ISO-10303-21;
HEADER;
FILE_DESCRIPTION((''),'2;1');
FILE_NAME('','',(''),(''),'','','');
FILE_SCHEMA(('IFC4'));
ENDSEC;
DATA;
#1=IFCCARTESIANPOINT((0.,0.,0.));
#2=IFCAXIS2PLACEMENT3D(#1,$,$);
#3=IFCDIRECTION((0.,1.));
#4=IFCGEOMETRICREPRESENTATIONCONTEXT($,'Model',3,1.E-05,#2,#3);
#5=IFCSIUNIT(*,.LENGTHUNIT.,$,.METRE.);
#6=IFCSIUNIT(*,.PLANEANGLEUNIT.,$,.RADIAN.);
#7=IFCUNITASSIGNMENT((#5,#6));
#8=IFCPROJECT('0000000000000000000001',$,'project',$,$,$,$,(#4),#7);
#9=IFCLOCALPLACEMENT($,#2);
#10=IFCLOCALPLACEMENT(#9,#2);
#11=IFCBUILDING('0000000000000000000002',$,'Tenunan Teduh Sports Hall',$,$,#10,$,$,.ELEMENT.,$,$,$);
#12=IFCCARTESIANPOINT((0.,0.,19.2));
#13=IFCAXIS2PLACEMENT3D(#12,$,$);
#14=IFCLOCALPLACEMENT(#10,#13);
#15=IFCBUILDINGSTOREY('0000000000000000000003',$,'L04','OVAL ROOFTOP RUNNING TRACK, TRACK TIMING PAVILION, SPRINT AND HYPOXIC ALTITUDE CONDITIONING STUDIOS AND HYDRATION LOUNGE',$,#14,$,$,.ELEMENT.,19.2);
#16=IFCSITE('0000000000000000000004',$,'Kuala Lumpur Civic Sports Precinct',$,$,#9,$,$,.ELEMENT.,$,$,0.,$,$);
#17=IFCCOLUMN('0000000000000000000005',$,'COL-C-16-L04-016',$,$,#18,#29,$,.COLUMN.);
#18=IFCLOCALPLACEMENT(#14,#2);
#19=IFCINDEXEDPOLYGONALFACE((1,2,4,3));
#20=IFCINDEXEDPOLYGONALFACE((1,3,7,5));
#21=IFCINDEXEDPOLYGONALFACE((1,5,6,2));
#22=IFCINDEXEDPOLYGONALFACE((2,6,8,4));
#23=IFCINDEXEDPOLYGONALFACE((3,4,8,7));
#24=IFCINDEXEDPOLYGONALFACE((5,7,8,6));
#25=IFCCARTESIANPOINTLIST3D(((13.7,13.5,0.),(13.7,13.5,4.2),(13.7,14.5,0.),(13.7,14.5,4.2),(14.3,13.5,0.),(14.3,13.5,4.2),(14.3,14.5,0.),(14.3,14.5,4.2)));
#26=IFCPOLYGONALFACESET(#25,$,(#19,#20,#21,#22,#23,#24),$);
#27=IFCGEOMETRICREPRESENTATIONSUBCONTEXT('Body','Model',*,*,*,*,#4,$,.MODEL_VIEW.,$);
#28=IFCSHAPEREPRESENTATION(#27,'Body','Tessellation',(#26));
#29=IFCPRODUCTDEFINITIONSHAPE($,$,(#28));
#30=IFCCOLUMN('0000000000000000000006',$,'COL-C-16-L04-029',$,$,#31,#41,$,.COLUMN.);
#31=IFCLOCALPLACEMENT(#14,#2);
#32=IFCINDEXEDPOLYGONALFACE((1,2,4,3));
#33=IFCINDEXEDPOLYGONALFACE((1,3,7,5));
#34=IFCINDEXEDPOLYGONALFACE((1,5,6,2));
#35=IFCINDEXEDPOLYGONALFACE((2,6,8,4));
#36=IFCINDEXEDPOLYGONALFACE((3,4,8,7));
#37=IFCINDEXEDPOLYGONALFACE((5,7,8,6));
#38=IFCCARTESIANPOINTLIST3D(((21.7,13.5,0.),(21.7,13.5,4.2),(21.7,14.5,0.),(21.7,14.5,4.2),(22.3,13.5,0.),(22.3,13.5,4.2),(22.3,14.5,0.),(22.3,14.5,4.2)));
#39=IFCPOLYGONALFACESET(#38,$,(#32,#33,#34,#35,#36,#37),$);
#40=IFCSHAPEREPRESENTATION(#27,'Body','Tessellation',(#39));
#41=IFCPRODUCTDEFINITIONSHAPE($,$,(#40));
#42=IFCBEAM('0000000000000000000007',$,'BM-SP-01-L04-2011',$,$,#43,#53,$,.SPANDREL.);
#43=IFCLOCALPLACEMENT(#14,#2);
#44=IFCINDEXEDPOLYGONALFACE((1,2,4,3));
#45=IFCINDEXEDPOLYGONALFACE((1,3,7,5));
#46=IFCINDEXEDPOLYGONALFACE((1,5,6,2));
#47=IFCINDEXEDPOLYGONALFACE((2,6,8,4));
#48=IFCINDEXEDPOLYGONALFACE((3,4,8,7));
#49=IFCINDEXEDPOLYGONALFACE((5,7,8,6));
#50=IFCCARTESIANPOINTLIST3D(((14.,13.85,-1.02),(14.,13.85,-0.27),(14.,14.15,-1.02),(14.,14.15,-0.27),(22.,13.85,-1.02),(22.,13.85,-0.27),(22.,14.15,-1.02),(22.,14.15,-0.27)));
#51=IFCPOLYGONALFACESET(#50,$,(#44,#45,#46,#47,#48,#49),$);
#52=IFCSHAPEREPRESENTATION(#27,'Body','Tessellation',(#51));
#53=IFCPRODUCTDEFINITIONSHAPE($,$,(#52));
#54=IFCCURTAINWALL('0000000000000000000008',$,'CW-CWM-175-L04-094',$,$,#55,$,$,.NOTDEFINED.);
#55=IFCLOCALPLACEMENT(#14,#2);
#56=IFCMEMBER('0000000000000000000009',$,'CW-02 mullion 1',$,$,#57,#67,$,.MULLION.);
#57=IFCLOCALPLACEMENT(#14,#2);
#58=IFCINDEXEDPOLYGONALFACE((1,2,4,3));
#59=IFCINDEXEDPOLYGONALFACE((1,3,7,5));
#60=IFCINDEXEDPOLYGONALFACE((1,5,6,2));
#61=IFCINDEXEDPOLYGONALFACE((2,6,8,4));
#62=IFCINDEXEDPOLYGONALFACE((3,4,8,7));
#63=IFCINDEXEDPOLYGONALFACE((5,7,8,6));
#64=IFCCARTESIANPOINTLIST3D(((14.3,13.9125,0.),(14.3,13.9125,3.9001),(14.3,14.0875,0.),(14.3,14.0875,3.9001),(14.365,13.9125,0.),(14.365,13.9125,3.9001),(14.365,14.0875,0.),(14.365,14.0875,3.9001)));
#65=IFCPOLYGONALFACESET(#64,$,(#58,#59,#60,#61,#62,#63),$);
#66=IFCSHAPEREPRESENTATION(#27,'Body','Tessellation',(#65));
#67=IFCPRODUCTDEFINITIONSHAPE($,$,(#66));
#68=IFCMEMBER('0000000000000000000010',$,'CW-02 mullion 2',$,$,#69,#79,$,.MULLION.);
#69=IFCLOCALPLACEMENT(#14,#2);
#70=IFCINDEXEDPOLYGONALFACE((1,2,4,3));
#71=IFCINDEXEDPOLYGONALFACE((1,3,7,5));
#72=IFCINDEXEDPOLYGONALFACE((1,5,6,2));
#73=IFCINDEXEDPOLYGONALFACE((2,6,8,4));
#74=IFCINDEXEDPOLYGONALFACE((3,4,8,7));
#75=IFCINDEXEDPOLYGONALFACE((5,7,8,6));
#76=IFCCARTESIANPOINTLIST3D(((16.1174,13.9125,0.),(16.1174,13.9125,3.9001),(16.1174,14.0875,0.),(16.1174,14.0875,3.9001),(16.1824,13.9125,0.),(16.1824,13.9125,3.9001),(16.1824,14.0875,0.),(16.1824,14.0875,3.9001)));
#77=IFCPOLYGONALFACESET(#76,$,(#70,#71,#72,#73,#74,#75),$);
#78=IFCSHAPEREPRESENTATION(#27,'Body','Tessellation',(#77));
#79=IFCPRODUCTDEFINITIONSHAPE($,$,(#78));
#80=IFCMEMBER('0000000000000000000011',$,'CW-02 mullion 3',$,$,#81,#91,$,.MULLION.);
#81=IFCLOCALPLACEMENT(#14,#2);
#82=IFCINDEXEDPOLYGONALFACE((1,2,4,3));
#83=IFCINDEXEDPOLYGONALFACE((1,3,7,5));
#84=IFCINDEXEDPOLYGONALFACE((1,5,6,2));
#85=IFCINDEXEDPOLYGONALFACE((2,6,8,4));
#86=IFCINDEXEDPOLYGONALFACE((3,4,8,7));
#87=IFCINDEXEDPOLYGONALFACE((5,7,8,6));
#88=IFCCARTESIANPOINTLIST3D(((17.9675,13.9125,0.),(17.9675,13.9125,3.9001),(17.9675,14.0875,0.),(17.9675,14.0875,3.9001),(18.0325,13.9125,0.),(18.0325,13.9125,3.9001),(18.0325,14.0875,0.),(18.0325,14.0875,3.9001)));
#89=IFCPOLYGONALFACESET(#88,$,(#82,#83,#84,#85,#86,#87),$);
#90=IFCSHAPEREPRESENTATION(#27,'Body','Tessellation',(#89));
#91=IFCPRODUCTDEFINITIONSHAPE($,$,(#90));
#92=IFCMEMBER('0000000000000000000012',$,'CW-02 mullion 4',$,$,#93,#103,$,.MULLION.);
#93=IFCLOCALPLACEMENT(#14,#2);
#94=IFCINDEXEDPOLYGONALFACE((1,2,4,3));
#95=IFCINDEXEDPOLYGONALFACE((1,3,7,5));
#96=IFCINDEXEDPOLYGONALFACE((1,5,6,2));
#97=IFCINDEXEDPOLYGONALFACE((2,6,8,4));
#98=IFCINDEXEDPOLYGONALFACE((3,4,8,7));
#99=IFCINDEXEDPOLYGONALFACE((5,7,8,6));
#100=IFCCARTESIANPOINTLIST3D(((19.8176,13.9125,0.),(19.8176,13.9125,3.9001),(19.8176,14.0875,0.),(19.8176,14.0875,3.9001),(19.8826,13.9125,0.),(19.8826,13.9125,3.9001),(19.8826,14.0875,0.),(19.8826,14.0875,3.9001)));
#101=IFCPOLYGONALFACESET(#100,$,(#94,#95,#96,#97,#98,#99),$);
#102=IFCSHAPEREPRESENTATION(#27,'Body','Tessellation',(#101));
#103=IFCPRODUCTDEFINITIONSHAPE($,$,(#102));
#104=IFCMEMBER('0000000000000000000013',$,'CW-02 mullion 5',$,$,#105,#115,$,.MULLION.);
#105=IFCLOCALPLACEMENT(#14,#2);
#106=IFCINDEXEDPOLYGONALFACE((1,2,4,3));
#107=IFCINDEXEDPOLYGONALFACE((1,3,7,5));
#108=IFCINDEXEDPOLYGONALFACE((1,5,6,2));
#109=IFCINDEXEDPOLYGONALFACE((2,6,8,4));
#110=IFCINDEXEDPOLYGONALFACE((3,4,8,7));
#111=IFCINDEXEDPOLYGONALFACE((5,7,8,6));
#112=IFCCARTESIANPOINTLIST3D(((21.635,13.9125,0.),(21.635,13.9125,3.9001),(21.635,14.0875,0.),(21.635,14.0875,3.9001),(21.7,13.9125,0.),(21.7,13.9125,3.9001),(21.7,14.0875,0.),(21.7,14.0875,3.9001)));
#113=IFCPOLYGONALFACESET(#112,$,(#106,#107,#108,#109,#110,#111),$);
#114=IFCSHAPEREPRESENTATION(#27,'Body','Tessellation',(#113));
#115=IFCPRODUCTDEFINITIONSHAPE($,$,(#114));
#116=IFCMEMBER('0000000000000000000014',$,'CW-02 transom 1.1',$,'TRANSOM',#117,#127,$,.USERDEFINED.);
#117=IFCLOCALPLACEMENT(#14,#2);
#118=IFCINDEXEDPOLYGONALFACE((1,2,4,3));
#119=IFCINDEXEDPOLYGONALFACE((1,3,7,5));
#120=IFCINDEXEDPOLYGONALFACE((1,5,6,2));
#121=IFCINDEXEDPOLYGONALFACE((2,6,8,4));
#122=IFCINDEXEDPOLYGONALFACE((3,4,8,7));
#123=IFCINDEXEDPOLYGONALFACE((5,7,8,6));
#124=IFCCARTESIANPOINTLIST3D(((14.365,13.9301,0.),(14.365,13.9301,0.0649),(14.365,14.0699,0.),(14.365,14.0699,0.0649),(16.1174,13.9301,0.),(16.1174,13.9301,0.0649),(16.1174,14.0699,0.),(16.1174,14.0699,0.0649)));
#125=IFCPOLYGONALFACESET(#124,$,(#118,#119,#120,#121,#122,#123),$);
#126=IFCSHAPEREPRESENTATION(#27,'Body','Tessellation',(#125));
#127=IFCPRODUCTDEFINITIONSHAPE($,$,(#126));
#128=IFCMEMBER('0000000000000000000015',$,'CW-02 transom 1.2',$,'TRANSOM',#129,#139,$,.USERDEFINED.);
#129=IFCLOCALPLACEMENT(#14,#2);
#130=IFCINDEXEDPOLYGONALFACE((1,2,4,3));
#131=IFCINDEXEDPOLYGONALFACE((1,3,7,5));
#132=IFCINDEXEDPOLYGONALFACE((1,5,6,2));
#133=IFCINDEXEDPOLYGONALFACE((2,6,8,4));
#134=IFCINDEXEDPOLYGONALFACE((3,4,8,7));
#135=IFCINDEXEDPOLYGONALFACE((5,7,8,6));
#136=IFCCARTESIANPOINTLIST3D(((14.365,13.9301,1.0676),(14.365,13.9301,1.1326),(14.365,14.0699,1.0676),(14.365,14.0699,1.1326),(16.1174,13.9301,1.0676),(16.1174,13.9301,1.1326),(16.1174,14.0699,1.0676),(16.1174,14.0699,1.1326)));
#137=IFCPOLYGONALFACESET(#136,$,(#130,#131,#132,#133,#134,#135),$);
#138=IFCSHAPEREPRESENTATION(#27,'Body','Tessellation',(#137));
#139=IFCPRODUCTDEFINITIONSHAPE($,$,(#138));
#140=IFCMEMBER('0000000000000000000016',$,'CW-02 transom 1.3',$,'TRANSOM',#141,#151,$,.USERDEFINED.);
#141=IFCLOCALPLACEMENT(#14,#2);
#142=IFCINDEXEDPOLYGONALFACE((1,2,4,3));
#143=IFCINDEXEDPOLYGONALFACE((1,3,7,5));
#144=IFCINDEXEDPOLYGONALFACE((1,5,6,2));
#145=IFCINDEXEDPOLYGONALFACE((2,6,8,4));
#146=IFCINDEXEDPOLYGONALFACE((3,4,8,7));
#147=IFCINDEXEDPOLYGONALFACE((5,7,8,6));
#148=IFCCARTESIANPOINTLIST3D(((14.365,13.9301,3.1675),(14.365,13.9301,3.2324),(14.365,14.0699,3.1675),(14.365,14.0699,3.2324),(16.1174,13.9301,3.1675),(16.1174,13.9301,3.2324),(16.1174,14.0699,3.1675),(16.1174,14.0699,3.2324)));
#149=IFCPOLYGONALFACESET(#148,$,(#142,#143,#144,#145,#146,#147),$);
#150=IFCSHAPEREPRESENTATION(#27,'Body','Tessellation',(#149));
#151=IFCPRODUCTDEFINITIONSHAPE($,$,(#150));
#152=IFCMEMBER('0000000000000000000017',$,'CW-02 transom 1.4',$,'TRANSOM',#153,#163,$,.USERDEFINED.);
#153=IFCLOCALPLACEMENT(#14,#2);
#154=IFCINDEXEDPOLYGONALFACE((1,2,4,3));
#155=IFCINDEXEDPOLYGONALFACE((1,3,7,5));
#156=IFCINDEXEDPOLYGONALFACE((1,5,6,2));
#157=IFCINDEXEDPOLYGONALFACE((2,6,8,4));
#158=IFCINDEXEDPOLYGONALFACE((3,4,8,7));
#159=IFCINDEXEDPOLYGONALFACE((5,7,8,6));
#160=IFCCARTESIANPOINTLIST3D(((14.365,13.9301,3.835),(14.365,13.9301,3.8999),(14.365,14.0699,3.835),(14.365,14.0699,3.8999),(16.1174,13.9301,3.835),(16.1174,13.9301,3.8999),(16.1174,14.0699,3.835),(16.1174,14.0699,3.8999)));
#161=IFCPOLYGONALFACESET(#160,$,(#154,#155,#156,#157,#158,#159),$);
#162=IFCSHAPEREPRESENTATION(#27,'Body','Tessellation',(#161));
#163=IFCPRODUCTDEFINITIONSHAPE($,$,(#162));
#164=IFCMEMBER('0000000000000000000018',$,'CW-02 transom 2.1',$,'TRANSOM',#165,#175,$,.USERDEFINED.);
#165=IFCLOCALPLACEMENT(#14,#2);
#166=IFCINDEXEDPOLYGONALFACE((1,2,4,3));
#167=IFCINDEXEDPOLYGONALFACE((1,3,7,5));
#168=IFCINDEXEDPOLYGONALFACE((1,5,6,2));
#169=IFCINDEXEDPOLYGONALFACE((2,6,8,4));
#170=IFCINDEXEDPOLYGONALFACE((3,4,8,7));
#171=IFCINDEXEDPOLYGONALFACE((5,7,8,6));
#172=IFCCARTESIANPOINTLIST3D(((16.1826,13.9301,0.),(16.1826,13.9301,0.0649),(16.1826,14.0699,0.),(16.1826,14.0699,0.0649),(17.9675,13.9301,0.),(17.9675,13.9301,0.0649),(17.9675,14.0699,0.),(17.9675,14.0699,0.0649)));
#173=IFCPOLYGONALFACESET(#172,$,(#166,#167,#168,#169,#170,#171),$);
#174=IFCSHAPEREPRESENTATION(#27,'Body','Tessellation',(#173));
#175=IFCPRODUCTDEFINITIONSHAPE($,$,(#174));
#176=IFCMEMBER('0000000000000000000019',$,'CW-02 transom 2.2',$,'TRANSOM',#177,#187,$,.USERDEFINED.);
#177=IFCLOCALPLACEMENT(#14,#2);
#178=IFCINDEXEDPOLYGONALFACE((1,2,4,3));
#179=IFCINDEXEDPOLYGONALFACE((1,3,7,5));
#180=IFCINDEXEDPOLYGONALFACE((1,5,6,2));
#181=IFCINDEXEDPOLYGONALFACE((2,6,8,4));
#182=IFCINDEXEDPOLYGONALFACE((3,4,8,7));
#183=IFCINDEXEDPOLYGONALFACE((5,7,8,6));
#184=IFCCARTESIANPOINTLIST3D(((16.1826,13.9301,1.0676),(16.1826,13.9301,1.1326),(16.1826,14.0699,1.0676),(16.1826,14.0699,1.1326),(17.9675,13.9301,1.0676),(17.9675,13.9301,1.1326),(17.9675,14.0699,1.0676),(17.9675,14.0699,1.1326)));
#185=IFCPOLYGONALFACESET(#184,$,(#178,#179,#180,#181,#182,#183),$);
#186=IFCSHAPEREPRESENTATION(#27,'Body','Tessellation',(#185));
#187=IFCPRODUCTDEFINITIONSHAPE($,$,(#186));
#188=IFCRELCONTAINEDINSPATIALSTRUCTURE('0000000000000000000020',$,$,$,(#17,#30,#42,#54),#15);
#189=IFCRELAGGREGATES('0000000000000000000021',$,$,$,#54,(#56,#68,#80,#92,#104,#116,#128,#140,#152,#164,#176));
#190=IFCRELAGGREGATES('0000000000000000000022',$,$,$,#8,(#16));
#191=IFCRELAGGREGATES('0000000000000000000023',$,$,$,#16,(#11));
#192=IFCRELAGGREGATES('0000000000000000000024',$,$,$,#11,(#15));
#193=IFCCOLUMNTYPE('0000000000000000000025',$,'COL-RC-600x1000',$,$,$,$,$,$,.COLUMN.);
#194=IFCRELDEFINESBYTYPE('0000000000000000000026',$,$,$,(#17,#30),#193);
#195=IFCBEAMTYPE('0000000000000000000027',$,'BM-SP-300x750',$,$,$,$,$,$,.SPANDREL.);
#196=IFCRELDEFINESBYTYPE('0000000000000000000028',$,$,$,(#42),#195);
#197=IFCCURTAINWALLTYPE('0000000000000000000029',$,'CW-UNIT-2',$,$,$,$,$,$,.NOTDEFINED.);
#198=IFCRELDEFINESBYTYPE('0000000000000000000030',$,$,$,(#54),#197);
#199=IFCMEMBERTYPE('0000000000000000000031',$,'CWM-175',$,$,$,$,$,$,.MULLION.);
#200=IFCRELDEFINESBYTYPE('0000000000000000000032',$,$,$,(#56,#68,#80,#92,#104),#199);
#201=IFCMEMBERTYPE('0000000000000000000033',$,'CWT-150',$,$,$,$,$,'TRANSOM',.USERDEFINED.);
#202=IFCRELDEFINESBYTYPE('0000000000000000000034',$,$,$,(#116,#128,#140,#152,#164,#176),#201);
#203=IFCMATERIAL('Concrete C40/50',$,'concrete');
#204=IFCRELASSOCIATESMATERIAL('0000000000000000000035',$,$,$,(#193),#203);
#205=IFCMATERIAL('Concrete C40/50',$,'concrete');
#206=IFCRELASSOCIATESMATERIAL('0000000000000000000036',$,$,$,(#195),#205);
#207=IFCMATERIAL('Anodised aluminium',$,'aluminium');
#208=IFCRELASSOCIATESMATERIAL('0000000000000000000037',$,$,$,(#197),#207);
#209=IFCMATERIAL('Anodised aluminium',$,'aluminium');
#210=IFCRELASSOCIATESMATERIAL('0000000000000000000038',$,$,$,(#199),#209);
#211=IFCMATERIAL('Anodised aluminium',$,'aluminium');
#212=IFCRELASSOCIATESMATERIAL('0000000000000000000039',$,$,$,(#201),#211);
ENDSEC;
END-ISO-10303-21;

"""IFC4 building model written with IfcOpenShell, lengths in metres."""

from ifc_helpers import new_model, si_unit, direction, frame, origin, origin_2d, place, context, subcontext, project, spatial, rectangle, extrude, material, material_profile, profile_set, type_object, element, aggregate, save


model = new_model("IFC4")

# Units and contexts
model_context = context("Model", 3, precision=1e-05, world=origin(), true_north=direction((0.0, 1.0)))
body_context = subcontext(model_context, "Body", "Model", "MODEL_VIEW")
ifc_project = project(units=[si_unit("LENGTHUNIT", "METRE"), si_unit("PLANEANGLEUNIT", "RADIAN")], contexts=[model_context])

# Site, building, storey
site_placement = place(None, origin())
site = spatial("IfcSite", under=ifc_project, at=site_placement, Name="Kuala Lumpur Civic Sports Precinct", CompositionType="ELEMENT", RefElevation=0.0)
building_placement = place(site_placement, origin())
building = spatial("IfcBuilding", under=site, at=building_placement, Name="Tenunan Teduh Sports Hall", CompositionType="ELEMENT")
storey_placement = place(building_placement, frame((0.0, 0.0, 19.2)))
storey = spatial("IfcBuildingStorey", under=building, at=storey_placement, Name="L04", Description="OVAL ROOFTOP RUNNING TRACK, TRACK TIMING PAVILION, SPRINT AND HYPOXIC ALTITUDE CONDITIONING STUDIOS AND HYDRATION LOUNGE", CompositionType="ELEMENT", Elevation=19.2)

# Columns
ifc_material_1 = material(Name="Concrete C40/50", Category="concrete")
ifc_material_profile_1 = material_profile(ifc_material_1, rectangle(XDim=0.6001, YDim=1.0, at=origin_2d()), Name="RC 600x1000")
ifc_profile_set_1 = profile_set([ifc_material_profile_1], Name="Concrete C40/50")
column_type = type_object("IfcColumnType", Name="COL-RC-600x1000", PredefinedType="COLUMN", material=ifc_profile_set_1)
for number, where, z_axis, x_axis, name in (
    (1, (14.0, 14.0, 0.0), (0.0, 0.0, 1.0), (1.0, 0.0, 0.0), "COL-C-16-L04-016"),
    (2, (22.0, 14.0, 0.0), (0.0, 0.0, 1.0), (1.0, 0.0, 0.0), "COL-C-16-L04-029"),
):
    element("IfcColumn", number, at=place(storey_placement, frame(where, z_axis=z_axis, x_axis=x_axis)), inside=storey, type_object=column_type, Name=name, PredefinedType="COLUMN", context=body_context, shape_type="SweptSolid", body=[
        extrude(rectangle(XDim=0.6001, YDim=1.0, at=origin_2d()), origin(), (0.0, 0.0, 1.0), 4.2),
    ])

# Beam
ifc_material_2 = material(Name="Concrete C40/50", Category="concrete")
ifc_material_profile_2 = material_profile(ifc_material_2, rectangle(XDim=0.3, YDim=0.75, at=origin_2d()), Name="SPB 300x750")
ifc_profile_set_2 = profile_set([ifc_material_profile_2], Name="Concrete C40/50")
beam_type = type_object("IfcBeamType", Name="BM-SP-300x750", PredefinedType="SPANDREL", material=ifc_profile_set_2)
beam_placement = place(storey_placement, frame((14.0, 14.0, -0.645), z_axis=(1.0, 0.0, 0.0), x_axis=(0.0, 1.0, 0.0)))
element("IfcBeam", 3, at=beam_placement, inside=storey, type_object=beam_type, Name="BM-SP-01-L04-2011", PredefinedType="SPANDREL", context=body_context, shape_type="SweptSolid", body=[
    extrude(rectangle(XDim=0.3, YDim=0.75, at=origin_2d()), origin(), (0.0, 0.0, 1.0), 8.0),
])

# Curtain wall, members
ifc_material_3 = material(Name="Anodised aluminium", Category="aluminium")
curtain_wall_type = type_object("IfcCurtainWallType", Name="CW-UNIT-2", PredefinedType="NOTDEFINED", material=ifc_material_3)
curtain_wall_placement = place(storey_placement, origin())
curtain_wall = element("IfcCurtainWall", 4, at=curtain_wall_placement, inside=storey, type_object=curtain_wall_type, Name="CW-CWM-175-L04-094", PredefinedType="NOTDEFINED")
ifc_material_4 = material(Name="Anodised aluminium", Category="aluminium")
ifc_material_profile_3 = material_profile(ifc_material_4, rectangle(XDim=0.0649, YDim=0.175, at=origin_2d()), Name="CWM 65x175")
ifc_profile_set_3 = profile_set([ifc_material_profile_3], Name="Anodised aluminium")
member_type_1 = type_object("IfcMemberType", Name="CWM-175", PredefinedType="MULLION", material=ifc_profile_set_3)
member_1_placement = place(storey_placement, frame((14.3325, 14.0, 0.0), z_axis=(0.0, 0.0, 1.0), x_axis=(1.0, 0.0, 0.0)))
member_1 = element("IfcMember", 5, at=member_1_placement, type_object=member_type_1, Name="CW-02 mullion 1", PredefinedType="MULLION", context=body_context, shape_type="SweptSolid", body=[
    extrude(rectangle(XDim=0.0649, YDim=0.175, at=origin_2d()), origin(), (0.0, 0.0, 1.0), 3.9001),
])
member_2_placement = place(storey_placement, frame((16.1499, 14.0, 0.0), z_axis=(0.0, 0.0, 1.0), x_axis=(1.0, 0.0, 0.0)))
member_2 = element("IfcMember", 6, at=member_2_placement, type_object=member_type_1, Name="CW-02 mullion 2", PredefinedType="MULLION", context=body_context, shape_type="SweptSolid", body=[
    extrude(rectangle(XDim=0.0649, YDim=0.175, at=origin_2d()), origin(), (0.0, 0.0, 1.0), 3.9001),
])
member_3_placement = place(storey_placement, frame((18.0, 14.0, 0.0), z_axis=(0.0, 0.0, 1.0), x_axis=(1.0, 0.0, 0.0)))
member_3 = element("IfcMember", 7, at=member_3_placement, type_object=member_type_1, Name="CW-02 mullion 3", PredefinedType="MULLION", context=body_context, shape_type="SweptSolid", body=[
    extrude(rectangle(XDim=0.0649, YDim=0.175, at=origin_2d()), origin(), (0.0, 0.0, 1.0), 3.9001),
])
member_4_placement = place(storey_placement, frame((19.8501, 14.0, 0.0), z_axis=(0.0, 0.0, 1.0), x_axis=(1.0, 0.0, 0.0)))
member_4 = element("IfcMember", 8, at=member_4_placement, type_object=member_type_1, Name="CW-02 mullion 4", PredefinedType="MULLION", context=body_context, shape_type="SweptSolid", body=[
    extrude(rectangle(XDim=0.0649, YDim=0.175, at=origin_2d()), origin(), (0.0, 0.0, 1.0), 3.9001),
])
member_5_placement = place(storey_placement, frame((21.6675, 14.0, 0.0), z_axis=(0.0, 0.0, 1.0), x_axis=(1.0, 0.0, 0.0)))
member_5 = element("IfcMember", 9, at=member_5_placement, type_object=member_type_1, Name="CW-02 mullion 5", PredefinedType="MULLION", context=body_context, shape_type="SweptSolid", body=[
    extrude(rectangle(XDim=0.0649, YDim=0.175, at=origin_2d()), origin(), (0.0, 0.0, 1.0), 3.9001),
])
ifc_material_5 = material(Name="Anodised aluminium", Category="aluminium")
ifc_material_profile_4 = material_profile(ifc_material_5, rectangle(XDim=0.0649, YDim=0.1399, at=origin_2d()), Name="CWT 65x140")
ifc_profile_set_4 = profile_set([ifc_material_profile_4], Name="Anodised aluminium")
member_type_2 = type_object("IfcMemberType", Name="CWT-150", ElementType="TRANSOM", PredefinedType="USERDEFINED", material=ifc_profile_set_4)
member_6_placement = place(storey_placement, frame((14.365, 14.0, 0.0325), z_axis=(1.0, 0.0, 0.0), x_axis=(0.0, 0.0, 1.0)))
member_6 = element("IfcMember", 10, at=member_6_placement, type_object=member_type_2, Name="CW-02 transom 1.1", ObjectType="TRANSOM", PredefinedType="USERDEFINED", context=body_context, shape_type="SweptSolid", body=[
    extrude(rectangle(XDim=0.0649, YDim=0.1399, at=origin_2d()), origin(), (0.0, 0.0, 1.0), 1.7524),
])
member_7_placement = place(storey_placement, frame((14.365, 14.0, 1.1001), z_axis=(1.0, 0.0, 0.0), x_axis=(0.0, 0.0, 1.0)))
member_7 = element("IfcMember", 11, at=member_7_placement, type_object=member_type_2, Name="CW-02 transom 1.2", ObjectType="TRANSOM", PredefinedType="USERDEFINED", context=body_context, shape_type="SweptSolid", body=[
    extrude(rectangle(XDim=0.0649, YDim=0.1399, at=origin_2d()), origin(), (0.0, 0.0, 1.0), 1.7524),
])
member_8_placement = place(storey_placement, frame((14.365, 14.0, 3.2), z_axis=(1.0, 0.0, 0.0), x_axis=(0.0, 0.0, 1.0)))
member_8 = element("IfcMember", 12, at=member_8_placement, type_object=member_type_2, Name="CW-02 transom 1.3", ObjectType="TRANSOM", PredefinedType="USERDEFINED", context=body_context, shape_type="SweptSolid", body=[
    extrude(rectangle(XDim=0.0649, YDim=0.1399, at=origin_2d()), origin(), (0.0, 0.0, 1.0), 1.7524),
])
member_9_placement = place(storey_placement, frame((14.365, 14.0, 3.8674), z_axis=(1.0, 0.0, 0.0), x_axis=(0.0, 0.0, 1.0)))
member_9 = element("IfcMember", 13, at=member_9_placement, type_object=member_type_2, Name="CW-02 transom 1.4", ObjectType="TRANSOM", PredefinedType="USERDEFINED", context=body_context, shape_type="SweptSolid", body=[
    extrude(rectangle(XDim=0.0649, YDim=0.1399, at=origin_2d()), origin(), (0.0, 0.0, 1.0), 1.7524),
])
member_10_placement = place(storey_placement, frame((16.1826, 14.0, 0.0325), z_axis=(1.0, 0.0, 0.0), x_axis=(0.0, 0.0, 1.0)))
member_10 = element("IfcMember", 14, at=member_10_placement, type_object=member_type_2, Name="CW-02 transom 2.1", ObjectType="TRANSOM", PredefinedType="USERDEFINED", context=body_context, shape_type="SweptSolid", body=[
    extrude(rectangle(XDim=0.0649, YDim=0.1399, at=origin_2d()), origin(), (0.0, 0.0, 1.0), 1.7849),
])
member_11_placement = place(storey_placement, frame((16.1826, 14.0, 1.1001), z_axis=(1.0, 0.0, 0.0), x_axis=(0.0, 0.0, 1.0)))
member_11 = element("IfcMember", 15, at=member_11_placement, type_object=member_type_2, Name="CW-02 transom 2.2", ObjectType="TRANSOM", PredefinedType="USERDEFINED", context=body_context, shape_type="SweptSolid", body=[
    extrude(rectangle(XDim=0.0649, YDim=0.1399, at=origin_2d()), origin(), (0.0, 0.0, 1.0), 1.7849),
])

aggregate(curtain_wall, [member_1, member_2, member_3, member_4, member_5, member_6, member_7, member_8, member_9, member_10, member_11])

save(model, "model.ifc")
